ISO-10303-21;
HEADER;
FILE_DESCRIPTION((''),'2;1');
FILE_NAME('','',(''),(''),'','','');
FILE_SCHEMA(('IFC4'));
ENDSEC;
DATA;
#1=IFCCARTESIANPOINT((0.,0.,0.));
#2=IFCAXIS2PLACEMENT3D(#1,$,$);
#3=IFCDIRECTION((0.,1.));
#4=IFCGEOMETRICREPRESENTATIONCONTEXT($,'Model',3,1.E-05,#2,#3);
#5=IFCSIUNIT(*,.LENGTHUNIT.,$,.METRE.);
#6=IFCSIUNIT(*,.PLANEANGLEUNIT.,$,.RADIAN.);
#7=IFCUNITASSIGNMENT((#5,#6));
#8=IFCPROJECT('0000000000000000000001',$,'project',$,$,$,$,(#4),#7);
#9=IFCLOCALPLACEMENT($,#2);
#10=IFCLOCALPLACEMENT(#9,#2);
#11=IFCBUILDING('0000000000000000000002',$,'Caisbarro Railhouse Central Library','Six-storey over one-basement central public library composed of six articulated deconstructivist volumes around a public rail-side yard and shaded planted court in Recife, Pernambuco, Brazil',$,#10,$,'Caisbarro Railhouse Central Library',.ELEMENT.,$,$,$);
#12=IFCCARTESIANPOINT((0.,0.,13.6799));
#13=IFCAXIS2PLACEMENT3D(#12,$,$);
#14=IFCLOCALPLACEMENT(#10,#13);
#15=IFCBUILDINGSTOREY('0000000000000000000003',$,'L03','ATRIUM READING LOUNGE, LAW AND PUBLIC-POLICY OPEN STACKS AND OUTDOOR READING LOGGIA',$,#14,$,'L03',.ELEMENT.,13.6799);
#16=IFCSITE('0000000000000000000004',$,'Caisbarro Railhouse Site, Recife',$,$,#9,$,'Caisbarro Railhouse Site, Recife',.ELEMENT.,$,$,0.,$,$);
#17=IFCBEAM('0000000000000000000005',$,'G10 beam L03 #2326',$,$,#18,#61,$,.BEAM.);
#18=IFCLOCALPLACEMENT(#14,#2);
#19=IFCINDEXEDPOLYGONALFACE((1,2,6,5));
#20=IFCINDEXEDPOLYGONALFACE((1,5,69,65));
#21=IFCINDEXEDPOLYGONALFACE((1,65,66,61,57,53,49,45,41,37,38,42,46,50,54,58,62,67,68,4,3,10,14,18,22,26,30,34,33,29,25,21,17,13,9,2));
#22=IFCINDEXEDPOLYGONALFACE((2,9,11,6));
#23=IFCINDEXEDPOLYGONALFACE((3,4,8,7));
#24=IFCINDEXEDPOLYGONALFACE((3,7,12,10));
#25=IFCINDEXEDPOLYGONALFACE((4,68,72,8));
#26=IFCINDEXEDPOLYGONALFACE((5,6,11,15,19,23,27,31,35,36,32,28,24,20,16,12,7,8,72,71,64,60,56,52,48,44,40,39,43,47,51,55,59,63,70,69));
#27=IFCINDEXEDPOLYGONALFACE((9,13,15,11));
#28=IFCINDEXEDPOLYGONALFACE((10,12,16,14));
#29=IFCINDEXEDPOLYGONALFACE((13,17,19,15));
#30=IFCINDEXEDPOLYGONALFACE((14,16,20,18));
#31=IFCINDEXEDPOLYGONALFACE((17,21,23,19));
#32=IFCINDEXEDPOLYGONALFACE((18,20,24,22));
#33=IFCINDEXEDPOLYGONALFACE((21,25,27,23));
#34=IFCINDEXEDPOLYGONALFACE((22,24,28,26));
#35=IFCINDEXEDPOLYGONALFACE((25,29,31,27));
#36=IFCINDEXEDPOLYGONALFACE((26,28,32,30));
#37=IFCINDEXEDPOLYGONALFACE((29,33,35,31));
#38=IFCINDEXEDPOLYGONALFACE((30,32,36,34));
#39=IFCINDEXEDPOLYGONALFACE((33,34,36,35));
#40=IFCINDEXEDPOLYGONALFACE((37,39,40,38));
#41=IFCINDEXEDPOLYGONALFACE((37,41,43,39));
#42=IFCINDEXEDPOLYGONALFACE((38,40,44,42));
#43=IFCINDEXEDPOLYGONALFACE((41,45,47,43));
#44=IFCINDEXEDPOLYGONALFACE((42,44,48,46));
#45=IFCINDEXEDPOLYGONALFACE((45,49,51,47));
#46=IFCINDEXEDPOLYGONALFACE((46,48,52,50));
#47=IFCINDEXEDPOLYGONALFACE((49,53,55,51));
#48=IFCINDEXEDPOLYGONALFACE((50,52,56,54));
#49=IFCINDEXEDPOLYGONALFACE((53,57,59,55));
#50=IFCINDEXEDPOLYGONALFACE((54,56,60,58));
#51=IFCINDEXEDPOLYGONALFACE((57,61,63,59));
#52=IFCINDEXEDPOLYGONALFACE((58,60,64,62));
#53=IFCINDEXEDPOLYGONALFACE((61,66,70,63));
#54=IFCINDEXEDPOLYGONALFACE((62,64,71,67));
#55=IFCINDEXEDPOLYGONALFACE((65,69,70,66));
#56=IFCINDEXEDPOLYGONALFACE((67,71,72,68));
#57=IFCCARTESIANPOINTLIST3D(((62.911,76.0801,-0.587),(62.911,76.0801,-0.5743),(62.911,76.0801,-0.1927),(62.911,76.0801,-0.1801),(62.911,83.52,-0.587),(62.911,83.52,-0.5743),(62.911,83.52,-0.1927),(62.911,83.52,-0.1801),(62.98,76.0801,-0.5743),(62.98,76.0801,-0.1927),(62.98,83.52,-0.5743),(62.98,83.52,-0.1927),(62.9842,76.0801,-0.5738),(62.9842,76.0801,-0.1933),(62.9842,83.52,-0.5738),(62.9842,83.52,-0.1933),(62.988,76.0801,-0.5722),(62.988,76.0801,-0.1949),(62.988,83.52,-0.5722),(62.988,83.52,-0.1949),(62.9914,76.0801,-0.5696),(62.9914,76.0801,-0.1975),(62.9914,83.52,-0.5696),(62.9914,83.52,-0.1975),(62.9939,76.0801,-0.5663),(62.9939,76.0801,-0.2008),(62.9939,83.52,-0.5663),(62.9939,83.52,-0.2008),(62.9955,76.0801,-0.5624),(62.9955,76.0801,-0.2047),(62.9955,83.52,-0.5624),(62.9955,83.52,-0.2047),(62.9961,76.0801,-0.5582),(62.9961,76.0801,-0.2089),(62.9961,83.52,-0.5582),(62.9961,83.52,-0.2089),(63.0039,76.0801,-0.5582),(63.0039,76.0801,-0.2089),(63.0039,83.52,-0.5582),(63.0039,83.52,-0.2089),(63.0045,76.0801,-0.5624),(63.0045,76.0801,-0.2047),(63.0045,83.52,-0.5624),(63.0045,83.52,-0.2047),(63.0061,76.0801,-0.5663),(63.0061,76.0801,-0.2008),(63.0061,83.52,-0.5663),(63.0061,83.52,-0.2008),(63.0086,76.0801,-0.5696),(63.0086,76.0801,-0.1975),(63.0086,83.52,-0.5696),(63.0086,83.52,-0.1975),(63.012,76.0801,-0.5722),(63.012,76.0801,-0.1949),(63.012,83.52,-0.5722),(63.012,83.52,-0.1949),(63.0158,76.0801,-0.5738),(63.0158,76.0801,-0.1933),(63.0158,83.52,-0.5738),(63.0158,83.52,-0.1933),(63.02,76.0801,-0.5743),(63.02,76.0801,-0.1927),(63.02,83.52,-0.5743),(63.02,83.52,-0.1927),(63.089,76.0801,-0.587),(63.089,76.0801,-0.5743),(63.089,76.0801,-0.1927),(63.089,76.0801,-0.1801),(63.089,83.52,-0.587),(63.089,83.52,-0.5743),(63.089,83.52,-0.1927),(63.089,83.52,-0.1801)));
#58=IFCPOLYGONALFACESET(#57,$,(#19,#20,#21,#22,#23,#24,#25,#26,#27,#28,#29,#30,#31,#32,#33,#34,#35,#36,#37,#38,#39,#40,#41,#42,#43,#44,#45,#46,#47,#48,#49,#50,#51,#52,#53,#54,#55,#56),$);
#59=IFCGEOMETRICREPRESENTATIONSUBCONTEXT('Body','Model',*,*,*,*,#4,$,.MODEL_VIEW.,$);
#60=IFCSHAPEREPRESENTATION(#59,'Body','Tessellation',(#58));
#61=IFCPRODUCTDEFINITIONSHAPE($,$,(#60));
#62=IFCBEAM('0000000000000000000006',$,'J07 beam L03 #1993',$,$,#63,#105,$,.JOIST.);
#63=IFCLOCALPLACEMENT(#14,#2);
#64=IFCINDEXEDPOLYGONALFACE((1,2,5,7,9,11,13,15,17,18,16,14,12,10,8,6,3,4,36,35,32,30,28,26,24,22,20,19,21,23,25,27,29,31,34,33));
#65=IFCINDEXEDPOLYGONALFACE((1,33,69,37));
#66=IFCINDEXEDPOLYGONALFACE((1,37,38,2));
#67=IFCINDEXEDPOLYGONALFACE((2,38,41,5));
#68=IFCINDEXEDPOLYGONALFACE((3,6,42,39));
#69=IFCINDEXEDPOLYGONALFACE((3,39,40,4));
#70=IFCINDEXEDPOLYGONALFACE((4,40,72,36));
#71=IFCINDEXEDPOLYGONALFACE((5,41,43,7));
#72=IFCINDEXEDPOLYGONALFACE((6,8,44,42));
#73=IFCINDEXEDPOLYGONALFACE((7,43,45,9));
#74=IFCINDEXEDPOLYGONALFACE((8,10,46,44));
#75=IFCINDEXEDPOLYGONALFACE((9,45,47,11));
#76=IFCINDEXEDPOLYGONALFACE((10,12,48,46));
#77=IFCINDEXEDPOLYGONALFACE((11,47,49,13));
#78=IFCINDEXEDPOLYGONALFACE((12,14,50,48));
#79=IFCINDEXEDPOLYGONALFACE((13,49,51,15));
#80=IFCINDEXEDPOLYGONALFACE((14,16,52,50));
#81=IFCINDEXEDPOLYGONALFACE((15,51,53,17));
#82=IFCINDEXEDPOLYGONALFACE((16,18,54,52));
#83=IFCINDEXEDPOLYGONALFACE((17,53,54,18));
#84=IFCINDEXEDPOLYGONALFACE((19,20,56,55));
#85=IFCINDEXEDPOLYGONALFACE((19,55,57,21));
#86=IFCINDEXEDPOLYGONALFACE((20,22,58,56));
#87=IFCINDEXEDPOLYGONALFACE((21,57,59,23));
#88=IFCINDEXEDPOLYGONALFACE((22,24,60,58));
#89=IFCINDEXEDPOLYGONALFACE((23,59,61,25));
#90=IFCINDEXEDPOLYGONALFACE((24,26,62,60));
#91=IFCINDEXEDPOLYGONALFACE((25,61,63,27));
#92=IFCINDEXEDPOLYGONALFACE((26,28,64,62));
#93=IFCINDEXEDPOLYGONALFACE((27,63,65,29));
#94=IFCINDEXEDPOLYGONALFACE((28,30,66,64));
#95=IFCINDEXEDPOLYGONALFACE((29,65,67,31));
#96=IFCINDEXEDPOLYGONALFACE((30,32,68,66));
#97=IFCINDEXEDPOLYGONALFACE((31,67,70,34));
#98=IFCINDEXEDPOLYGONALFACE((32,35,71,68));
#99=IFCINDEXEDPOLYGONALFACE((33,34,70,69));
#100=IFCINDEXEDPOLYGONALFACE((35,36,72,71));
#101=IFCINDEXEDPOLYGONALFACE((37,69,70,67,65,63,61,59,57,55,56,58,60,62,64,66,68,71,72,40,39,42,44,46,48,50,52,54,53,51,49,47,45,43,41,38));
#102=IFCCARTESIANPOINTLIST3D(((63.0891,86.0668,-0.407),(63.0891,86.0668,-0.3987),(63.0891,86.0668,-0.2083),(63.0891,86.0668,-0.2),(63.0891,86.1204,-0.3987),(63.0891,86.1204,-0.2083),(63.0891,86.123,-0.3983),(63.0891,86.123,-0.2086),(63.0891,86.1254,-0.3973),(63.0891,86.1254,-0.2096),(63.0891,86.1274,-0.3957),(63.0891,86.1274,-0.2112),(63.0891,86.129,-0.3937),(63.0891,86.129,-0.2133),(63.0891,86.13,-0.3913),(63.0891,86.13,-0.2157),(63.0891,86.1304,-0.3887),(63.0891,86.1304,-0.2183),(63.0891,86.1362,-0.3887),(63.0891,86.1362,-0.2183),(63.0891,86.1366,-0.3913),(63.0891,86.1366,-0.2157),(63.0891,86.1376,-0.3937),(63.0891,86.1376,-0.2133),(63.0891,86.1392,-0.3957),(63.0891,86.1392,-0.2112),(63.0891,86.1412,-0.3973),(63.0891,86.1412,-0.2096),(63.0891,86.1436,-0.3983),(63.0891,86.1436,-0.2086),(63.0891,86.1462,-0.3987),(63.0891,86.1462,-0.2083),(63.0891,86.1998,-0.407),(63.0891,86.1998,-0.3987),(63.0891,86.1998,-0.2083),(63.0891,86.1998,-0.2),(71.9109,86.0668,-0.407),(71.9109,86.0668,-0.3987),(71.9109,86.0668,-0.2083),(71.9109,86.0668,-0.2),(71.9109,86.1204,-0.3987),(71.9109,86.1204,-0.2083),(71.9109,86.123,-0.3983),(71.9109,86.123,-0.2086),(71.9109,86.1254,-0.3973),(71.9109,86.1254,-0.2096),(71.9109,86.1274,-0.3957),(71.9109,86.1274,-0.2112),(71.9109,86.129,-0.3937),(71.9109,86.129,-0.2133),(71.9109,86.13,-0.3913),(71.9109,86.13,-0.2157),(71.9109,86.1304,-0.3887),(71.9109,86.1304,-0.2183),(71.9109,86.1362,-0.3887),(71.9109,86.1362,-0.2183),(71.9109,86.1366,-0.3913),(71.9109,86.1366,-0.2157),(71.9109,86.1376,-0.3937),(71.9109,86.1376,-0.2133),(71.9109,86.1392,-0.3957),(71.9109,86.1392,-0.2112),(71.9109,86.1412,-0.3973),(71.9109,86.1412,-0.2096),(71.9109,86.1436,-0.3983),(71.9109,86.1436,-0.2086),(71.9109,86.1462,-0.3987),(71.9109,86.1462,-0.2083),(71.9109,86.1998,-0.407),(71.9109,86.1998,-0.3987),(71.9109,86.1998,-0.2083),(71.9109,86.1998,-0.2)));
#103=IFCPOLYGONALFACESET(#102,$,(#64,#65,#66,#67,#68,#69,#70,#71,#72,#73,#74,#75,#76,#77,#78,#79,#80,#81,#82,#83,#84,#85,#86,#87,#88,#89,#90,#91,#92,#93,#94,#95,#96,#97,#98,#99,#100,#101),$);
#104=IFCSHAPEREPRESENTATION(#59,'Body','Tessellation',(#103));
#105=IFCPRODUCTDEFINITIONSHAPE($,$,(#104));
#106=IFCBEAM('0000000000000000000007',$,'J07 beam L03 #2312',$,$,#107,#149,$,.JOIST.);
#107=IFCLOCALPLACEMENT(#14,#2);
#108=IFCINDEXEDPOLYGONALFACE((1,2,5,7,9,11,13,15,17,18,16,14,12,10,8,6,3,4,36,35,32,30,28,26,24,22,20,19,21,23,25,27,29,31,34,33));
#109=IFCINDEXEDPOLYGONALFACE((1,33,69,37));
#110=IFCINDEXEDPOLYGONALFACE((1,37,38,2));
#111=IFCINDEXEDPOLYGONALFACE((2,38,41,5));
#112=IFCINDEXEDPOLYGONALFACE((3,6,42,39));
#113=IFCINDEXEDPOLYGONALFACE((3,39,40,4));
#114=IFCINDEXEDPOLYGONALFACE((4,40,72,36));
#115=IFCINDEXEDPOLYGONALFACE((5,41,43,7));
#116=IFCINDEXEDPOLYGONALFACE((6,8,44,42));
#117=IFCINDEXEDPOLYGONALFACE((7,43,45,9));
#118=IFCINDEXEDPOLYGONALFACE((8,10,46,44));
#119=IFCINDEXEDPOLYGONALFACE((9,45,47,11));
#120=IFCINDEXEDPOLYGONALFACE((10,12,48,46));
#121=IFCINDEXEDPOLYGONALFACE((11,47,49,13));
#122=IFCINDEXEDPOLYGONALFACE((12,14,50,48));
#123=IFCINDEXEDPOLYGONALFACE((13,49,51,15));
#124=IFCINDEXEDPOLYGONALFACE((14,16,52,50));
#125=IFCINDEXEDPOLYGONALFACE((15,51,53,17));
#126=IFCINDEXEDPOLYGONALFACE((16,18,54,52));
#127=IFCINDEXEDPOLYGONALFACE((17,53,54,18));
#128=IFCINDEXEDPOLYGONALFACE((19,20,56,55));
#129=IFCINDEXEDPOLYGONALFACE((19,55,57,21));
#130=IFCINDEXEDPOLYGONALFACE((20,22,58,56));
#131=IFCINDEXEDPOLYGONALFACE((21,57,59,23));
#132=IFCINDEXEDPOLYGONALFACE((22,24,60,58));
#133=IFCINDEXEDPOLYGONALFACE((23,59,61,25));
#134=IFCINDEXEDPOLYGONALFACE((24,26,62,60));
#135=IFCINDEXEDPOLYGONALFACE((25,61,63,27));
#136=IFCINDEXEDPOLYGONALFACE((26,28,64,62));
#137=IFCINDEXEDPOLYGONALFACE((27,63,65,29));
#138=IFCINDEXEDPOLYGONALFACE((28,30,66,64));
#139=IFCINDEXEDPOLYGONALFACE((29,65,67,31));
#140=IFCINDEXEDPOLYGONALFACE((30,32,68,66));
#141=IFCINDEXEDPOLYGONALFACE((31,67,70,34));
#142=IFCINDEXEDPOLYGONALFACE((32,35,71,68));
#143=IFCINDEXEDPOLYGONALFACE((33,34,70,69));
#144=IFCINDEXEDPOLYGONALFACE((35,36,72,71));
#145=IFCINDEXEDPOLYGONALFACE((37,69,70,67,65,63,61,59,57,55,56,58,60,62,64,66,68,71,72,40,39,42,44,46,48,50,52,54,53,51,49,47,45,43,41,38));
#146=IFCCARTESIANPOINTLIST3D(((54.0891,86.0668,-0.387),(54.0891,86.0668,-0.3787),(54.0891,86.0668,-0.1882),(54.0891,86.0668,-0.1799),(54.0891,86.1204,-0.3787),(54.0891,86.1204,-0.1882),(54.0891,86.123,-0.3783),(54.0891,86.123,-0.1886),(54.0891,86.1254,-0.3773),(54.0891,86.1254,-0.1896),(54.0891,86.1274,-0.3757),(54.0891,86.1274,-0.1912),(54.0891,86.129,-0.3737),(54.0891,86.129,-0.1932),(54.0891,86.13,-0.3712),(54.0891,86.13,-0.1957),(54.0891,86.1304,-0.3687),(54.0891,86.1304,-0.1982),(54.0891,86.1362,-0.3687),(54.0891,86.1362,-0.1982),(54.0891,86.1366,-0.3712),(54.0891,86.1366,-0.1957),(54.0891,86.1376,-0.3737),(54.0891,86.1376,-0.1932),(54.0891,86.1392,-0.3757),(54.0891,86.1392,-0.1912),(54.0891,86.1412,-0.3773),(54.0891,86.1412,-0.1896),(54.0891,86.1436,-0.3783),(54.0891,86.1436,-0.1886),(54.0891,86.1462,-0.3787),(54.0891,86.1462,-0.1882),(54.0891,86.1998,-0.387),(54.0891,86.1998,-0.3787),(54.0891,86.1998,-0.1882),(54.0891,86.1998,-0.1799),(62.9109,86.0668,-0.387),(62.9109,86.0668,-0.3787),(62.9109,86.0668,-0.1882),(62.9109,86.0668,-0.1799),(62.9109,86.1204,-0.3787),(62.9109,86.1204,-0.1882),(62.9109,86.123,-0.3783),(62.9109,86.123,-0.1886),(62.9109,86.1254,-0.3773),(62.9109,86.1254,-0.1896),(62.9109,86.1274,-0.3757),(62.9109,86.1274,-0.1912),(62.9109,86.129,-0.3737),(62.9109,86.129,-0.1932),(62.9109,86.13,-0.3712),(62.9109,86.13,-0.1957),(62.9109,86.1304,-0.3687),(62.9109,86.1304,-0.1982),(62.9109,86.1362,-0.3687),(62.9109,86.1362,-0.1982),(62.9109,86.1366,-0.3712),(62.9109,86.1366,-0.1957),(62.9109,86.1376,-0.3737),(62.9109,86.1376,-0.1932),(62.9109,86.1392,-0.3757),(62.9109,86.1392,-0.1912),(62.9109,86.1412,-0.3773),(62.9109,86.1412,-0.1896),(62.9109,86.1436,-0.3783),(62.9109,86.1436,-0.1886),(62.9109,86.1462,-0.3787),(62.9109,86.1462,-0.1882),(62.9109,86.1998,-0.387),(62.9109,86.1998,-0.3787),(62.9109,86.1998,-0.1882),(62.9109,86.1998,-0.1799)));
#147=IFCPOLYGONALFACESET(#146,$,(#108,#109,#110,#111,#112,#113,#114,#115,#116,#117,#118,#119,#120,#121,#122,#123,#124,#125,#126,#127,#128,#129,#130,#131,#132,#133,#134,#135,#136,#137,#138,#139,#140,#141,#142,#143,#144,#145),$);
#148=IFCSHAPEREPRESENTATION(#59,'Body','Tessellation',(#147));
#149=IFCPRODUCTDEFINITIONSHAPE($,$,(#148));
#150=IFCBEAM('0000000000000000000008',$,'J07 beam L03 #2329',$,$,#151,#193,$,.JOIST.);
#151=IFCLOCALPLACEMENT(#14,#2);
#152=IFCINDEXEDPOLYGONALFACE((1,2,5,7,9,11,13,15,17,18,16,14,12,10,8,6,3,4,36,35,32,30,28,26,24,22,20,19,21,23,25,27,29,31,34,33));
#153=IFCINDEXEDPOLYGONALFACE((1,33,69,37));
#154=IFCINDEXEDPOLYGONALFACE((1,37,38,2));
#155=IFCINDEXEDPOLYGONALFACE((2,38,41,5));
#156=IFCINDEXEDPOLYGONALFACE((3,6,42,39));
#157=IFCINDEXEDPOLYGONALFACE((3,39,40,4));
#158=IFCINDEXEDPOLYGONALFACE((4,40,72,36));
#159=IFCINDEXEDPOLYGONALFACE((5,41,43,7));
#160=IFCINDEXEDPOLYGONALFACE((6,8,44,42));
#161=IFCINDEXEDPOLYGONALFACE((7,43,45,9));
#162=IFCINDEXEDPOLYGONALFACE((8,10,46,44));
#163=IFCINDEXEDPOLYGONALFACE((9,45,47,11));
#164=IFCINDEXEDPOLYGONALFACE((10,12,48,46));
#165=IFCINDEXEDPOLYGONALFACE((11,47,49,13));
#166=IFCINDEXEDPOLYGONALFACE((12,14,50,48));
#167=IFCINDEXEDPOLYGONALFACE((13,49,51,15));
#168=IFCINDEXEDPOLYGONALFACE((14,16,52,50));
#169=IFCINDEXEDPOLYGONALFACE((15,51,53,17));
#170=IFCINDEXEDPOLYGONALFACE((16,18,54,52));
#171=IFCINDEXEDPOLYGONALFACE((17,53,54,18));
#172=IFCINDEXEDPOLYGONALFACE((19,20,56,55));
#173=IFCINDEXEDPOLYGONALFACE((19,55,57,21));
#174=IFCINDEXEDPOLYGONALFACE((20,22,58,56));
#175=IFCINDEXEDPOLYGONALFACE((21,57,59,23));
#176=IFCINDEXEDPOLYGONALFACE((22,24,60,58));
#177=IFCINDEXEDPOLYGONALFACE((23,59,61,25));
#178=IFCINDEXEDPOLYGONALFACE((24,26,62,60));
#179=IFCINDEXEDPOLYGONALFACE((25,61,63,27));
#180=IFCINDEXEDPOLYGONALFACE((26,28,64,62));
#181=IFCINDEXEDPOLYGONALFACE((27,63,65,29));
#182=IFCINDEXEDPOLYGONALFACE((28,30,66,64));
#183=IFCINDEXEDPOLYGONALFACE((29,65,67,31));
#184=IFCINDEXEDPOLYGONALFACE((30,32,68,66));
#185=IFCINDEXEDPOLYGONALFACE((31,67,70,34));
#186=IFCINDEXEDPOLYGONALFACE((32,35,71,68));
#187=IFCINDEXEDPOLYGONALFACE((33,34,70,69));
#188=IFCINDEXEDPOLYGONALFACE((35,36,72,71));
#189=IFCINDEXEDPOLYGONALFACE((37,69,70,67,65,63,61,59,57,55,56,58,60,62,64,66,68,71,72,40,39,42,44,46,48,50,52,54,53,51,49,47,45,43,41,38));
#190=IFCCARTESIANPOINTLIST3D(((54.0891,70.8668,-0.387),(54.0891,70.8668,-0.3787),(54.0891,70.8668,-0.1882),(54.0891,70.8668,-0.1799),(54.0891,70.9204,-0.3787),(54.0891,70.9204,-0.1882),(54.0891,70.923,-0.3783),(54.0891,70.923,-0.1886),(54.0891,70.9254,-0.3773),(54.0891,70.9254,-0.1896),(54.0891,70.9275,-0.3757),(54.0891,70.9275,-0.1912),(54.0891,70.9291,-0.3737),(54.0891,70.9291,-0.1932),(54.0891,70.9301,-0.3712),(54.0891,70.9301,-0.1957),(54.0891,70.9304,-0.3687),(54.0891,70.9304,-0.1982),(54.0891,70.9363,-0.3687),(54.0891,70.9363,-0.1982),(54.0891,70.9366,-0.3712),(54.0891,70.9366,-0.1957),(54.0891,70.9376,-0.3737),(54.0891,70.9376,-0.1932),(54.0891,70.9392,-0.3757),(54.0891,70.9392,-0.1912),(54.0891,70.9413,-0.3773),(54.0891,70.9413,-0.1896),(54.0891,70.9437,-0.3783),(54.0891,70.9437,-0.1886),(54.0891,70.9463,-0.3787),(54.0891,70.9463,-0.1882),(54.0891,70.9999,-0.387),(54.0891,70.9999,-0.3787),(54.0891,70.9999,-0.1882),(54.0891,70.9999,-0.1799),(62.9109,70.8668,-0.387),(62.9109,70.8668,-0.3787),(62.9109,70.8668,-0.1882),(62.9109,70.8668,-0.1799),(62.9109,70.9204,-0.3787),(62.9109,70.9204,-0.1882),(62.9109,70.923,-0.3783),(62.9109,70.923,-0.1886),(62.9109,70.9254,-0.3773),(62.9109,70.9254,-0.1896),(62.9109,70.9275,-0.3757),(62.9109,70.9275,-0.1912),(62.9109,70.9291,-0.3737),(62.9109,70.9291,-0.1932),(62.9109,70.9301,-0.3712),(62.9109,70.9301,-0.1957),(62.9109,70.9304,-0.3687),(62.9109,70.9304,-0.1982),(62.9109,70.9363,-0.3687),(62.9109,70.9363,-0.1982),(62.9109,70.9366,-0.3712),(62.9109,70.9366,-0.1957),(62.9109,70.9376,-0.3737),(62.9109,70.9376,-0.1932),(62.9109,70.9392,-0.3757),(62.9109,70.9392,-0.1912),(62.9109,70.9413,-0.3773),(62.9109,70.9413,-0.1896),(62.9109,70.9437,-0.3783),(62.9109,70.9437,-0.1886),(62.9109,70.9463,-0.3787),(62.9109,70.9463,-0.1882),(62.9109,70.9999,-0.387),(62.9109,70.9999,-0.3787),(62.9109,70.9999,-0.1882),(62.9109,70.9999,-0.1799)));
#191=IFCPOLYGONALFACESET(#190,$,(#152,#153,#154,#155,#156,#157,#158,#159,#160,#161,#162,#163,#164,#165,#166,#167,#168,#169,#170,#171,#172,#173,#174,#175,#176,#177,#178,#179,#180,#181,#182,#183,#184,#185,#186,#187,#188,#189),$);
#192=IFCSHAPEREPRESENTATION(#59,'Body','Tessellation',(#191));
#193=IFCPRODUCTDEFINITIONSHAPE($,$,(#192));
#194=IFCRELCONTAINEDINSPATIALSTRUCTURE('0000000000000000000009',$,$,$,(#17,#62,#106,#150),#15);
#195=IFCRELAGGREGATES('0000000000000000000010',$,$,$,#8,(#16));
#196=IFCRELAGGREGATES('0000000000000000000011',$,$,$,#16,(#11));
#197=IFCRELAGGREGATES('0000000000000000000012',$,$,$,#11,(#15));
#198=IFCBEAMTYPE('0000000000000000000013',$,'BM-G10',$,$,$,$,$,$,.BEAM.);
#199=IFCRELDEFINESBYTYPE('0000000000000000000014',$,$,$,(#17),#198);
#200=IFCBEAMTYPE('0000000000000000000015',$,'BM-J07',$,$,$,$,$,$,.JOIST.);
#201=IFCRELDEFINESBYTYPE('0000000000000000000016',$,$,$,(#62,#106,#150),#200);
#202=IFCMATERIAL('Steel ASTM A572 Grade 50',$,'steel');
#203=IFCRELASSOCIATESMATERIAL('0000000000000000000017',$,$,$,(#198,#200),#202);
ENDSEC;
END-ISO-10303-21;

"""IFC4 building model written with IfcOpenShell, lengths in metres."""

from ifc_helpers import new_model, si_unit, direction, frame, origin, origin_2d, place, context, subcontext, project, spatial, i_section, extrude, material, material_profile, profile_set, type_object, element, save


model = new_model("IFC4")

# Units and contexts
model_context = context("Model", 3, precision=1e-05, world=origin(), true_north=direction((0.0, 1.0)))
body_context = subcontext(model_context, "Body", "Model", "MODEL_VIEW")
ifc_project = project(units=[si_unit("LENGTHUNIT", "METRE"), si_unit("PLANEANGLEUNIT", "RADIAN")], contexts=[model_context])

# Site, building, storey
site_placement = place(None, origin())
site = spatial("IfcSite", under=ifc_project, at=site_placement, Name="Caisbarro Railhouse Site, Recife", LongName="Caisbarro Railhouse Site, Recife", CompositionType="ELEMENT", RefElevation=0.0)
building_placement = place(site_placement, origin())
building = spatial("IfcBuilding", under=site, at=building_placement, Name="Caisbarro Railhouse Central Library", Description="Six-storey over one-basement central public library composed of six articulated deconstructivist volumes around a public rail-side yard and shaded planted court in Recife, Pernambuco, Brazil", LongName="Caisbarro Railhouse Central Library", CompositionType="ELEMENT")
storey_placement = place(building_placement, frame((0.0, 0.0, 13.6799)))
storey = spatial("IfcBuildingStorey", under=building, at=storey_placement, Name="L03", Description="ATRIUM READING LOUNGE, LAW AND PUBLIC-POLICY OPEN STACKS AND OUTDOOR READING LOGGIA", LongName="L03", CompositionType="ELEMENT", Elevation=13.6799)

# Shared definitions
ifc_material_1 = material(Name="Steel ASTM A572 Grade 50", Category="steel")

# Beams
ifc_material_profile_1 = material_profile(ifc_material_1, i_section(OverallWidth=0.178, OverallDepth=0.407, WebThickness=0.0078, FlangeThickness=0.0127, FilletRadius=0.0161, at=origin_2d()), Name="W410X60.0")
ifc_profile_set_1 = profile_set([ifc_material_profile_1], Name="Steel ASTM A572 Grade 50")
beam_type_1 = type_object("IfcBeamType", Name="BM-G10", PredefinedType="BEAM", material=ifc_profile_set_1)
for number, where, z_axis, x_axis, name in (
    (1, (63.0, 76.0801, -0.3835), (0.0, 1.0, 0.0), (-1.0, 0.0, 0.0), "G10 beam L03 #2326"),
):
    element("IfcBeam", number, at=place(storey_placement, frame(where, z_axis=z_axis, x_axis=x_axis)), inside=storey, type_object=beam_type_1, Name=name, PredefinedType="BEAM", context=body_context, shape_type="SweptSolid", body=[
        extrude(i_section(OverallWidth=0.178, OverallDepth=0.407, WebThickness=0.0078, FlangeThickness=0.0127, FilletRadius=0.0161, at=origin_2d()), origin(), (0.0, 0.0, 1.0), 7.4399),
    ])
ifc_material_profile_2 = material_profile(ifc_material_1, i_section(OverallWidth=0.1331, OverallDepth=0.207, WebThickness=0.0059, FlangeThickness=0.0083, FilletRadius=0.01, at=origin_2d()), Name="W200X26.6")
ifc_profile_set_2 = profile_set([ifc_material_profile_2], Name="Steel ASTM A572 Grade 50")
beam_type_2 = type_object("IfcBeamType", Name="BM-J07", PredefinedType="JOIST", material=ifc_profile_set_2)
for number, where, z_axis, x_axis, name in (
    (2, (63.0891, 86.1333, -0.3035), (1.0, 0.0, 0.0), (0.0, 1.0, 0.0), "J07 beam L03 #1993"),
    (3, (54.0891, 86.1333, -0.2834), (1.0, 0.0, 0.0), (0.0, 1.0, 0.0), "J07 beam L03 #2312"),
    (4, (54.0891, 70.9333, -0.2834), (1.0, 0.0, 0.0), (0.0, 1.0, 0.0), "J07 beam L03 #2329"),
):
    element("IfcBeam", number, at=place(storey_placement, frame(where, z_axis=z_axis, x_axis=x_axis)), inside=storey, type_object=beam_type_2, Name=name, PredefinedType="JOIST", context=body_context, shape_type="SweptSolid", body=[
        extrude(i_section(OverallWidth=0.1331, OverallDepth=0.207, WebThickness=0.0059, FlangeThickness=0.0083, FilletRadius=0.01, at=origin_2d()), origin(), (0.0, 0.0, 1.0), 8.8218),
    ])

save(model, "model.ifc")
